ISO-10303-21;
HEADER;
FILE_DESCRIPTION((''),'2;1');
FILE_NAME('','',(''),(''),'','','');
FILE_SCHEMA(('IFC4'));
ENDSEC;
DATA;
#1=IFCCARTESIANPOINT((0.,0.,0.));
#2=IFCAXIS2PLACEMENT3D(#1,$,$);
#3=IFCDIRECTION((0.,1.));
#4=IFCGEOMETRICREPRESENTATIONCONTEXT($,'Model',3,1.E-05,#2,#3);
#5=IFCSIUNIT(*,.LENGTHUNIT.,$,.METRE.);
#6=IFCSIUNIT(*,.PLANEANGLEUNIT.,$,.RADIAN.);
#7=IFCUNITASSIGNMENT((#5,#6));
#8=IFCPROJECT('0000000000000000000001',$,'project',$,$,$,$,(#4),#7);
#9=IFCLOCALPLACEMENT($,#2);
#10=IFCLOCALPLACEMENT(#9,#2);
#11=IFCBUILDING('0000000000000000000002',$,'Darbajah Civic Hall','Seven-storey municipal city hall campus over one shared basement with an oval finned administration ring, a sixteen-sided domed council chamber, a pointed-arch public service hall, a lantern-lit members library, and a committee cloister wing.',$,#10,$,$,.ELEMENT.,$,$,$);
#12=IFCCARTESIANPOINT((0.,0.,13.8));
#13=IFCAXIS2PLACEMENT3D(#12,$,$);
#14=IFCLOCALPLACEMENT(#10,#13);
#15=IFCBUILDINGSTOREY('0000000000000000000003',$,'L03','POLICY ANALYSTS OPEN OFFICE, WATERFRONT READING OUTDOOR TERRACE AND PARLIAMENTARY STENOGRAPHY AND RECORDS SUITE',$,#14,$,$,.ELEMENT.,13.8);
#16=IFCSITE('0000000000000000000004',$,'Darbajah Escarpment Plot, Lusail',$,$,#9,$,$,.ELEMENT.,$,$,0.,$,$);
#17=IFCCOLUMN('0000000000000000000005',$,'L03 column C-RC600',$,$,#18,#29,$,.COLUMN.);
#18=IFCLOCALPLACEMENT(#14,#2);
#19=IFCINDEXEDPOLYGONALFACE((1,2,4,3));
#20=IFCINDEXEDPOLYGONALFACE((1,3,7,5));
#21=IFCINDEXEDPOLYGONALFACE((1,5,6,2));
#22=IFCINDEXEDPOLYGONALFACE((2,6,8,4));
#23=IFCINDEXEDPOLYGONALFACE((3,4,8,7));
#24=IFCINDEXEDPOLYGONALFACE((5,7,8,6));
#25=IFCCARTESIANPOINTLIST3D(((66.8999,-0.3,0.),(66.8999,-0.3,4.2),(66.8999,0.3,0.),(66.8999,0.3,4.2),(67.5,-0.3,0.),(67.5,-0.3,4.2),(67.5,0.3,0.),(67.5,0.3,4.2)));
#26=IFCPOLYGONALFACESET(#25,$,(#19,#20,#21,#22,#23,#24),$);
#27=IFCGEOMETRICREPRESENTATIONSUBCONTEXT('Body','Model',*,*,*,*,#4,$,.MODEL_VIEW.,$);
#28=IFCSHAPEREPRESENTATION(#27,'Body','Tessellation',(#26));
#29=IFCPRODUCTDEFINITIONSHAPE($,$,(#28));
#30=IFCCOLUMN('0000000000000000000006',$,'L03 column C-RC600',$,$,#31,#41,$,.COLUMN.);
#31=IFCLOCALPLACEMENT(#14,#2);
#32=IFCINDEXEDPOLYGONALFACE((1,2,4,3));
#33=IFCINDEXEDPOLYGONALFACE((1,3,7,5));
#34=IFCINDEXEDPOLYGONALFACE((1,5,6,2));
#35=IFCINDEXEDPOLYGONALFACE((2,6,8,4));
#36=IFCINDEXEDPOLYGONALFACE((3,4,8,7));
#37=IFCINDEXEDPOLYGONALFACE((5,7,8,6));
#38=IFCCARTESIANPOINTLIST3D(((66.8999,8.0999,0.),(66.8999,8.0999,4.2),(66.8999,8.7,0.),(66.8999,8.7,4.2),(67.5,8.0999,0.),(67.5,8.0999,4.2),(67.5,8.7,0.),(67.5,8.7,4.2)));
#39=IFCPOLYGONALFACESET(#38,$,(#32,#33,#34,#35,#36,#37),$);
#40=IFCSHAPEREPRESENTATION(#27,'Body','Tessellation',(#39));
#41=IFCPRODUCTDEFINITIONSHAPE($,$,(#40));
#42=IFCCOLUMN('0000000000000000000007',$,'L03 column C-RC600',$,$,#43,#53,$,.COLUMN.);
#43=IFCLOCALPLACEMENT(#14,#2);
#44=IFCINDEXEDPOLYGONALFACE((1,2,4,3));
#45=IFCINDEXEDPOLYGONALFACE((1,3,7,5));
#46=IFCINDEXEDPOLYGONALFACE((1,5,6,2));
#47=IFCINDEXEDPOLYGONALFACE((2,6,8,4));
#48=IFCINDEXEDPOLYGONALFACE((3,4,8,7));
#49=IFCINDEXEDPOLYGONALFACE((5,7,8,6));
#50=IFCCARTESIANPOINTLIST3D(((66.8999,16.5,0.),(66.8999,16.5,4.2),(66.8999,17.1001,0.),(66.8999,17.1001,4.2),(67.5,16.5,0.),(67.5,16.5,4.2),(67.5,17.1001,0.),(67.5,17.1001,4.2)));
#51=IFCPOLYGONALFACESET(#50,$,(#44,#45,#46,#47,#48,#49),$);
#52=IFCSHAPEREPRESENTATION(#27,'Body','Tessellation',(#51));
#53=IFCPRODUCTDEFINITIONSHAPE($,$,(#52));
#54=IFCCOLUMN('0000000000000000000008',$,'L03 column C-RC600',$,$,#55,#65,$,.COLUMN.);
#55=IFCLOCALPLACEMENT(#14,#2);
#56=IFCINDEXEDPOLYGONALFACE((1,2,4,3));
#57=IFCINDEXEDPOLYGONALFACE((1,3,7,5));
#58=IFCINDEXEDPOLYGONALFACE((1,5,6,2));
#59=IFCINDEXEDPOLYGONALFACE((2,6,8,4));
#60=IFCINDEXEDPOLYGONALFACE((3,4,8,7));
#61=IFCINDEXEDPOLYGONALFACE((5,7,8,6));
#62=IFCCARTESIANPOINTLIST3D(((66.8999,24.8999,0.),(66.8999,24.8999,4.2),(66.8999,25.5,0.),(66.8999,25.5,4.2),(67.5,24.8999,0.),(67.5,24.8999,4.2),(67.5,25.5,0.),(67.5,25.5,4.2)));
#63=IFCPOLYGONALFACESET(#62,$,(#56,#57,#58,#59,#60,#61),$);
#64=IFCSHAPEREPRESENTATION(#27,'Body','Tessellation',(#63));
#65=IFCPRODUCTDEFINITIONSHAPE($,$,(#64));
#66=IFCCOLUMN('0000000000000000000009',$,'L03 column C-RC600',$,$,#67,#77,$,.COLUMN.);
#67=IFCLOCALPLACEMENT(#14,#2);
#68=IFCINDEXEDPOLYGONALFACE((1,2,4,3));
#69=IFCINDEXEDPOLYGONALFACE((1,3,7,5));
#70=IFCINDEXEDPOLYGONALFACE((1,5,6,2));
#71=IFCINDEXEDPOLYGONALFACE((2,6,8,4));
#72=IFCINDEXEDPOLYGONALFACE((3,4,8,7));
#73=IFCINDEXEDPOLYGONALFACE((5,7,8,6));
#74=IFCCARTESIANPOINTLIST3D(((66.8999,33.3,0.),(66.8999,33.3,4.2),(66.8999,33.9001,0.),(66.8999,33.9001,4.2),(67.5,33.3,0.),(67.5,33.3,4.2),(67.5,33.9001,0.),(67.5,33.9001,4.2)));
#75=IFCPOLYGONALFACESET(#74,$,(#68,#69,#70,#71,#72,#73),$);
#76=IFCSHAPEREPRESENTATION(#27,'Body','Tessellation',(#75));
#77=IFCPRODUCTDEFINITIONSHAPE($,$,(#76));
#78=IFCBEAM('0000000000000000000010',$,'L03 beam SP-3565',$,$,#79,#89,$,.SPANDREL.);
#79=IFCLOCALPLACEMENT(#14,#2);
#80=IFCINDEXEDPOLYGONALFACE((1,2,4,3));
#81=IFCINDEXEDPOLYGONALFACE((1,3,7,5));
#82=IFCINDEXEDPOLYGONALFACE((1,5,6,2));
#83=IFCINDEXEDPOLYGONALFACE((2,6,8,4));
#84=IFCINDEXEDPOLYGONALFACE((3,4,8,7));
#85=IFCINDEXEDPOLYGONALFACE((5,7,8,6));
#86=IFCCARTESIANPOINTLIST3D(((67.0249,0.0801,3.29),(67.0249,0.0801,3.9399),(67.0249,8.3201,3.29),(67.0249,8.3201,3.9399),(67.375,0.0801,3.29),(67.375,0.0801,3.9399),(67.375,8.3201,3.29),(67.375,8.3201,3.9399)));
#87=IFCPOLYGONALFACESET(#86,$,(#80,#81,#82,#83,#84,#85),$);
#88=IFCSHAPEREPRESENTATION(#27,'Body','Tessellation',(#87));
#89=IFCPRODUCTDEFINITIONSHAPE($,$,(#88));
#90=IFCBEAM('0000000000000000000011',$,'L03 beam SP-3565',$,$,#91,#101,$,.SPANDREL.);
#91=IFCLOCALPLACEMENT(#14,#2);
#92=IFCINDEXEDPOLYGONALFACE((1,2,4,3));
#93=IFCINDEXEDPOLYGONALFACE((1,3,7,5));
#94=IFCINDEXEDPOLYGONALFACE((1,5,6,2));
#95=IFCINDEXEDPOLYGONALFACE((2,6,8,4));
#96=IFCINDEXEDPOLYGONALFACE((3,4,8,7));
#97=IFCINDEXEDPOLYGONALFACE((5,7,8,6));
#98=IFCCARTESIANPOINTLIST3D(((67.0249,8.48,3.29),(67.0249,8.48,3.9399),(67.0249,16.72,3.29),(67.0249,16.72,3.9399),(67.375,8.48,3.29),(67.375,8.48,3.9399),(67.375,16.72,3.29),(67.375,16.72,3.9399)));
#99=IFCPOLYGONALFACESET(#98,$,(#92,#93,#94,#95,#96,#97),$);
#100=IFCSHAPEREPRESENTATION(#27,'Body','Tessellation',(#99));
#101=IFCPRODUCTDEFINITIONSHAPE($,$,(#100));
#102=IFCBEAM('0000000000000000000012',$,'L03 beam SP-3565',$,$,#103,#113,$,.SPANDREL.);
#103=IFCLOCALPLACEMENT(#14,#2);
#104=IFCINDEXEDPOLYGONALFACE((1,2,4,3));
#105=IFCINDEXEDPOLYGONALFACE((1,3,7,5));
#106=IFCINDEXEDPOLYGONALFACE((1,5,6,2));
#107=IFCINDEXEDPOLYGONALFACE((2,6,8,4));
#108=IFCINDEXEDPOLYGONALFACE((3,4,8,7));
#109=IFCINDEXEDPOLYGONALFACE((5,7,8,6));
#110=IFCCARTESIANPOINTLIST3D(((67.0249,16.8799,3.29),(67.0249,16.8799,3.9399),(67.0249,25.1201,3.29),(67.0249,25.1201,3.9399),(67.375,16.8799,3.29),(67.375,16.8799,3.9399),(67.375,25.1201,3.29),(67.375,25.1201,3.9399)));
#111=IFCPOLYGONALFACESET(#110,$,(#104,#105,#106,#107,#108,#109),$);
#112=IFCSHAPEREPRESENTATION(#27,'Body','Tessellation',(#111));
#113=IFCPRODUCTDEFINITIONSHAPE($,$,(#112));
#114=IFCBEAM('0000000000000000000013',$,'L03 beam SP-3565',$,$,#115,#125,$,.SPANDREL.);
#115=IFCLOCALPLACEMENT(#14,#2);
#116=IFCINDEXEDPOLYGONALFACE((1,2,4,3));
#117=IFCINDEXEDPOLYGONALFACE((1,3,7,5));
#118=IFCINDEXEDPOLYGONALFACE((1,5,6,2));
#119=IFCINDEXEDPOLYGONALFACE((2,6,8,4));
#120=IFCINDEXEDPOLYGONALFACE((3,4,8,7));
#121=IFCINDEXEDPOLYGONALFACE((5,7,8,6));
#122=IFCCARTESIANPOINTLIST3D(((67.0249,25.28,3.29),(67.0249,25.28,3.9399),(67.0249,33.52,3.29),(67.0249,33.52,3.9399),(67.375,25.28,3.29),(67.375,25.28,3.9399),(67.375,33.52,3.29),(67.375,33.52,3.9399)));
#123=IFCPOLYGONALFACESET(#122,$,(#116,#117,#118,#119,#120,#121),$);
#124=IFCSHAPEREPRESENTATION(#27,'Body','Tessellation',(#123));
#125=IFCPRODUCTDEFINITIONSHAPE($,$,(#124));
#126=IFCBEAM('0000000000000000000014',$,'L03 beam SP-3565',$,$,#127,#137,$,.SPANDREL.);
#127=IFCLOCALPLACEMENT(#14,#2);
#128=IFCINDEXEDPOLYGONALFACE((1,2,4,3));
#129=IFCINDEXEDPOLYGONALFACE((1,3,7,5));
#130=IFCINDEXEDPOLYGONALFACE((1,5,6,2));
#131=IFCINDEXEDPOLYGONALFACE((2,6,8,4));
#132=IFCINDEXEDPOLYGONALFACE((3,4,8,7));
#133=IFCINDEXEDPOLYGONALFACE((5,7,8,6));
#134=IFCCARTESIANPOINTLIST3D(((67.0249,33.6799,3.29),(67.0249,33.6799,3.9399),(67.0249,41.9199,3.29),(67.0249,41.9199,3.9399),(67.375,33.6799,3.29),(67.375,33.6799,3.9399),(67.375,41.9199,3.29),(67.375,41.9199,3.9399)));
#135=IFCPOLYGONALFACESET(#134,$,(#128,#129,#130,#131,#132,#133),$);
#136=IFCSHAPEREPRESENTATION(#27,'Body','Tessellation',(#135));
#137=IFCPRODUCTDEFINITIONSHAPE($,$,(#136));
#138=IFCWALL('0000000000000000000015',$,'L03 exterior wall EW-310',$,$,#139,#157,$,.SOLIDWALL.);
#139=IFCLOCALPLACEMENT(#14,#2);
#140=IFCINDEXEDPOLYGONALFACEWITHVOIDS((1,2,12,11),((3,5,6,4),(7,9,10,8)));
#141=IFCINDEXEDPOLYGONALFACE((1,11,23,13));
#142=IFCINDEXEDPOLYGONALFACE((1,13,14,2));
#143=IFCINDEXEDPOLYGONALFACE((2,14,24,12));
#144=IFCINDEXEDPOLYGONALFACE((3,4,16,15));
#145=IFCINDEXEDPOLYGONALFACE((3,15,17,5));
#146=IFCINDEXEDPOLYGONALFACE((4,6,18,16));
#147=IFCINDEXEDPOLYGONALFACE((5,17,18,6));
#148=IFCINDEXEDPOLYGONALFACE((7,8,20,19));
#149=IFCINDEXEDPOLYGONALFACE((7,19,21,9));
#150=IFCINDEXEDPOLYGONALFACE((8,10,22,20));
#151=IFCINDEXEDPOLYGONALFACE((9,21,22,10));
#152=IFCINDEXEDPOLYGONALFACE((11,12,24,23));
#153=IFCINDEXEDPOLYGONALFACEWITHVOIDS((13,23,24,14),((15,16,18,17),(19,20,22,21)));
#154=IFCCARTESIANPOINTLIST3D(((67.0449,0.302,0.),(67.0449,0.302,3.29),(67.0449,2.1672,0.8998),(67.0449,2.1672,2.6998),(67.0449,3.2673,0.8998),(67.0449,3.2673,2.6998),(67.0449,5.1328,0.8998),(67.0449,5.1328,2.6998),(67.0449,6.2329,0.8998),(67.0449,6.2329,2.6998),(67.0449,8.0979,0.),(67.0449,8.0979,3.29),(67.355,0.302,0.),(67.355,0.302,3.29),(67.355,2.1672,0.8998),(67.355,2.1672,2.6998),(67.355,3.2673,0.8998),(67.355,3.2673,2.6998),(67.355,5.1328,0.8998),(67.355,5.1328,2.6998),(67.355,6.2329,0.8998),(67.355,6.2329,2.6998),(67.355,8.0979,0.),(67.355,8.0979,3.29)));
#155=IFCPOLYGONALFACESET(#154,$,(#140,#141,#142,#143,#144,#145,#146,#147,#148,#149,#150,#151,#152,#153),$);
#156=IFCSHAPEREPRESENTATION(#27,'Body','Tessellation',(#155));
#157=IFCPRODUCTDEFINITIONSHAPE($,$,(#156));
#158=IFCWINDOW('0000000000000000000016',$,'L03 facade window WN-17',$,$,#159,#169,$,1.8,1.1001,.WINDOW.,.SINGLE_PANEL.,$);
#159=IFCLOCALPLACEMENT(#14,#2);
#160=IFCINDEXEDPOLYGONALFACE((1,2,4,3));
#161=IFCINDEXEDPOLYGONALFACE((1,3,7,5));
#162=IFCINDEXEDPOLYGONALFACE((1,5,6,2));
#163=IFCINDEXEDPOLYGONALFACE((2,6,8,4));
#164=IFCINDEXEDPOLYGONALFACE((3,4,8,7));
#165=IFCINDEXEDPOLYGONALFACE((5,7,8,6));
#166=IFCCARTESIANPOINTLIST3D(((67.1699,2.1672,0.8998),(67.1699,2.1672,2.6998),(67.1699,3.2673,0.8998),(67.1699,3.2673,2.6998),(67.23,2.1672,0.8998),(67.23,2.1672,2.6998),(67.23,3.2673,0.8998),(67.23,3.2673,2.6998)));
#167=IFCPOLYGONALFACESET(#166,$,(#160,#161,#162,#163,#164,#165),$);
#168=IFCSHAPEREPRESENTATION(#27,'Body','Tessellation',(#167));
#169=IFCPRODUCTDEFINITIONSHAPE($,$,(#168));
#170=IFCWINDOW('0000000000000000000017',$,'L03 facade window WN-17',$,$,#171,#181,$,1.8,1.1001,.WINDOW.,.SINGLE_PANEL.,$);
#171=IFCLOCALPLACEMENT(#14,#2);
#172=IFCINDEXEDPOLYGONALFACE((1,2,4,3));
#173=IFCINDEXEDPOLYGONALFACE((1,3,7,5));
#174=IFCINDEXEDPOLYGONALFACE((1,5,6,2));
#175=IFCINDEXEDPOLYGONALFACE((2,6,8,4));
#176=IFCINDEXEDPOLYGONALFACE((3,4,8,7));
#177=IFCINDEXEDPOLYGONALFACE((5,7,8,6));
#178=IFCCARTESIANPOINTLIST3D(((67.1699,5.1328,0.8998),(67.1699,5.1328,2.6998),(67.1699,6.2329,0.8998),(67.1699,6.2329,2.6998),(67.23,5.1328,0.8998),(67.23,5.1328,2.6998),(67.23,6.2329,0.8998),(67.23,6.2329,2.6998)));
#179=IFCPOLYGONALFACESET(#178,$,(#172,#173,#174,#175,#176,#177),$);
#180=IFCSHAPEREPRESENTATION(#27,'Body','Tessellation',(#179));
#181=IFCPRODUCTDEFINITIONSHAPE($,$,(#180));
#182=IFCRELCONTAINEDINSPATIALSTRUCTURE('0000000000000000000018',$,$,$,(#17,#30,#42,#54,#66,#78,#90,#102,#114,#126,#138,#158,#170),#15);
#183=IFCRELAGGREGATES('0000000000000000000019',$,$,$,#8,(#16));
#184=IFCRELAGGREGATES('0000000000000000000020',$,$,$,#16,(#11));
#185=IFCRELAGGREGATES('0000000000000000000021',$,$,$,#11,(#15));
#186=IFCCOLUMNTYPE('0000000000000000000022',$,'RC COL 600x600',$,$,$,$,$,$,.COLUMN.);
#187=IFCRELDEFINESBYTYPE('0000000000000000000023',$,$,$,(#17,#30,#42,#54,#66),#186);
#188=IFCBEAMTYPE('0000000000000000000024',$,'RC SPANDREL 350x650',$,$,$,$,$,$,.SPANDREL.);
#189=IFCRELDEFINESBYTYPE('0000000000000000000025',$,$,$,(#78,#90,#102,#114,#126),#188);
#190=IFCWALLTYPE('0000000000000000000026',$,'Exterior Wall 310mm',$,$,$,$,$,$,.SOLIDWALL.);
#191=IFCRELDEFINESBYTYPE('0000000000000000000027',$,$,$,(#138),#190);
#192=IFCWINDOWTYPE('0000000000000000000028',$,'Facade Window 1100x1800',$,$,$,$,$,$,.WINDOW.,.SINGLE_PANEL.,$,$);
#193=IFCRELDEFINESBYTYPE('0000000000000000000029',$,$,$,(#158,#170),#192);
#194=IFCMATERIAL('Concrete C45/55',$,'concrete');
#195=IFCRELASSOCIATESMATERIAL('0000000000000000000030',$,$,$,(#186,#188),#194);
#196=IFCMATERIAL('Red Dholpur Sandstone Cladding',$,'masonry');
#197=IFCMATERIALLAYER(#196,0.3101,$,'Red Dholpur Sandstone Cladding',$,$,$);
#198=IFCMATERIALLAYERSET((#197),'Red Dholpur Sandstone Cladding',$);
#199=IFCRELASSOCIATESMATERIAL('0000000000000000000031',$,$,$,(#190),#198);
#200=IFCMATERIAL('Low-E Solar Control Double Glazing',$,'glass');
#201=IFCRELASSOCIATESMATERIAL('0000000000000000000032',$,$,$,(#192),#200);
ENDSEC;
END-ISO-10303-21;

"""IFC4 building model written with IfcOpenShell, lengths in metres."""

from ifc_helpers import new_model, si_unit, direction, frame, frame_2d, origin, origin_2d, place, context, subcontext, project, spatial, rectangle, extrude, material, layer, layer_set, material_profile, profile_set, type_object, element, fill, save


model = new_model("IFC4")

# Units and contexts
model_context = context("Model", 3, precision=1e-05, world=origin(), true_north=direction((0.0, 1.0)))
body_context = subcontext(model_context, "Body", "Model", "MODEL_VIEW")
ifc_project = project(units=[si_unit("LENGTHUNIT", "METRE"), si_unit("PLANEANGLEUNIT", "RADIAN")], contexts=[model_context])

# Site, building, storey
site_placement = place(None, origin())
site = spatial("IfcSite", under=ifc_project, at=site_placement, Name="Darbajah Escarpment Plot, Lusail", CompositionType="ELEMENT", RefElevation=0.0)
building_placement = place(site_placement, origin())
building = spatial("IfcBuilding", under=site, at=building_placement, Name="Darbajah Civic Hall", Description="Seven-storey municipal city hall campus over one shared basement with an oval finned administration ring, a sixteen-sided domed council chamber, a pointed-arch public service hall, a lantern-lit members library, and a committee cloister wing.", CompositionType="ELEMENT")
storey_placement = place(building_placement, frame((0.0, 0.0, 13.8)))
storey = spatial("IfcBuildingStorey", under=building, at=storey_placement, Name="L03", Description="POLICY ANALYSTS OPEN OFFICE, WATERFRONT READING OUTDOOR TERRACE AND PARLIAMENTARY STENOGRAPHY AND RECORDS SUITE", CompositionType="ELEMENT", Elevation=13.8)

# Columns
ifc_material_1 = material(Name="Concrete C45/55", Category="concrete")
ifc_material_profile_1 = material_profile(ifc_material_1, rectangle(XDim=0.6001, YDim=0.6001, at=origin_2d()), Name="RC COL 600x600")
ifc_profile_set_1 = profile_set([ifc_material_profile_1], Name="Concrete C45/55")
column_type = type_object("IfcColumnType", Name="RC COL 600x600", PredefinedType="COLUMN", material=ifc_profile_set_1)
for number, where, z_axis, x_axis, name in (
    (1, (67.2, 0.0, 0.0), (0.0, 0.0, 1.0), (1.0, 0.0, 0.0), "L03 column C-RC600"),
    (2, (67.2, 8.3999, 0.0), (0.0, 0.0, 1.0), (1.0, 0.0, 0.0), "L03 column C-RC600"),
    (3, (67.2, 16.8, 0.0), (0.0, 0.0, 1.0), (1.0, 0.0, 0.0), "L03 column C-RC600"),
    (4, (67.2, 25.2, 0.0), (0.0, 0.0, 1.0), (1.0, 0.0, 0.0), "L03 column C-RC600"),
    (5, (67.2, 33.6001, 0.0), (0.0, 0.0, 1.0), (1.0, 0.0, 0.0), "L03 column C-RC600"),
):
    element("IfcColumn", number, at=place(storey_placement, frame(where, z_axis=z_axis, x_axis=x_axis)), inside=storey, type_object=column_type, Name=name, PredefinedType="COLUMN", context=body_context, shape_type="SweptSolid", body=[
        extrude(rectangle(XDim=0.6001, YDim=0.6001, at=origin_2d()), origin(), (0.0, 0.0, 1.0), 4.2),
    ])

# Beams
ifc_material_profile_2 = material_profile(ifc_material_1, rectangle(XDim=0.3501, YDim=0.6499, at=origin_2d()), Name="RC SPANDREL 350x650")
ifc_profile_set_2 = profile_set([ifc_material_profile_2], Name="Concrete C45/55")
beam_type = type_object("IfcBeamType", Name="RC SPANDREL 350x650", PredefinedType="SPANDREL", material=ifc_profile_set_2)
for number, where, z_axis, x_axis, name in (
    (6, (67.2, 0.0801, 3.615), (0.0, 1.0, 0.0), (-1.0, 0.0, 0.0), "L03 beam SP-3565"),
    (7, (67.2, 8.48, 3.615), (0.0, 1.0, 0.0), (-1.0, 0.0, 0.0), "L03 beam SP-3565"),
):
    element("IfcBeam", number, at=place(storey_placement, frame(where, z_axis=z_axis, x_axis=x_axis)), inside=storey, type_object=beam_type, Name=name, PredefinedType="SPANDREL", context=body_context, shape_type="SweptSolid", body=[
        extrude(rectangle(XDim=0.3501, YDim=0.6499, at=origin_2d()), origin(), (0.0, 0.0, 1.0), 8.24),
    ])
beam_placement = place(storey_placement, frame((67.2, 16.8799, 3.615), z_axis=(0.0, 1.0, 0.0), x_axis=(-1.0, 0.0, 0.0)))
element("IfcBeam", 8, at=beam_placement, inside=storey, type_object=beam_type, Name="L03 beam SP-3565", PredefinedType="SPANDREL", context=body_context, shape_type="SweptSolid", body=[
    extrude(rectangle(XDim=0.3501, YDim=0.6499, at=origin_2d()), origin(), (0.0, 0.0, 1.0), 8.2402),
])
for number, where, z_axis, x_axis, name in (
    (9, (67.2, 25.28, 3.615), (0.0, 1.0, 0.0), (-1.0, 0.0, 0.0), "L03 beam SP-3565"),
    (10, (67.2, 33.6799, 3.615), (0.0, 1.0, 0.0), (-1.0, 0.0, 0.0), "L03 beam SP-3565"),
):
    element("IfcBeam", number, at=place(storey_placement, frame(where, z_axis=z_axis, x_axis=x_axis)), inside=storey, type_object=beam_type, Name=name, PredefinedType="SPANDREL", context=body_context, shape_type="SweptSolid", body=[
        extrude(rectangle(XDim=0.3501, YDim=0.6499, at=origin_2d()), origin(), (0.0, 0.0, 1.0), 8.24),
    ])

# Wall, openings, windows
ifc_material_2 = material(Name="Red Dholpur Sandstone Cladding", Category="masonry")
ifc_layer = layer(ifc_material_2, 0.3101, Name="Red Dholpur Sandstone Cladding")
ifc_layer_set = layer_set([ifc_layer], Name="Red Dholpur Sandstone Cladding")
wall_type = type_object("IfcWallType", Name="Exterior Wall 310mm", PredefinedType="SOLIDWALL", material=ifc_layer_set)
wall_1_placement = place(storey_placement, frame((67.2, 0.302, 0.0), z_axis=(0.0, 0.0, 1.0), x_axis=(0.0, 1.0, 0.0)))
wall_1 = element("IfcWall", 11, at=wall_1_placement, inside=storey, type_object=wall_type, Name="L03 exterior wall EW-310", PredefinedType="SOLIDWALL", context=body_context, shape_type="SweptSolid", body=[
    extrude(rectangle(XDim=7.7959, YDim=0.3101, at=frame_2d((3.8979, 0.0))), origin(), (0.0, 0.0, 1.0), 3.29),
])
opening_1_placement = place(wall_1_placement, frame((1.8652, 0.0, 0.8999)))
opening_1 = element("IfcOpeningElement", 12, at=opening_1_placement, cuts=wall_1, PredefinedType="OPENING", context=body_context, shape_type="SweptSolid", body=[
    extrude(rectangle(XDim=1.1001, YDim=1.8, at=frame_2d((0.55, 0.8999))), frame((0.0, 0.165, 0.0), z_axis=(0.0, -1.0, 0.0), x_axis=(1.0, 0.0, 0.0)), (0.0, 0.0, 1.0), 0.3301),
])
opening_2_placement = place(wall_1_placement, frame((4.8308, 0.0, 0.8999)))
opening_2 = element("IfcOpeningElement", 13, at=opening_2_placement, cuts=wall_1, PredefinedType="OPENING", context=body_context, shape_type="SweptSolid", body=[
    extrude(rectangle(XDim=1.1001, YDim=1.8, at=frame_2d((0.55, 0.8999))), frame((0.0, 0.165, 0.0), z_axis=(0.0, -1.0, 0.0), x_axis=(1.0, 0.0, 0.0)), (0.0, 0.0, 1.0), 0.3301),
])
ifc_material_3 = material(Name="Low-E Solar Control Double Glazing", Category="glass")
window_type = type_object("IfcWindowType", Name="Facade Window 1100x1800", PartitioningType="SINGLE_PANEL", PredefinedType="WINDOW", material=ifc_material_3)
window_1_placement = place(opening_1_placement, origin())
window_1 = element("IfcWindow", 14, at=window_1_placement, inside=storey, type_object=window_type, Name="L03 facade window WN-17", OverallHeight=1.8, OverallWidth=1.1001, PartitioningType="SINGLE_PANEL", PredefinedType="WINDOW", context=body_context, shape_type="SweptSolid", body=[
    extrude(rectangle(XDim=1.1001, YDim=1.8, at=frame_2d((0.55, 0.8999))), frame((0.0, 0.03, 0.0), z_axis=(0.0, -1.0, 0.0), x_axis=(1.0, 0.0, 0.0)), (0.0, 0.0, 1.0), 0.0601),
])
fill(opening_1, window_1)
window_2_placement = place(opening_2_placement, origin())
window_2 = element("IfcWindow", 15, at=window_2_placement, inside=storey, type_object=window_type, Name="L03 facade window WN-17", OverallHeight=1.8, OverallWidth=1.1001, PartitioningType="SINGLE_PANEL", PredefinedType="WINDOW", context=body_context, shape_type="SweptSolid", body=[
    extrude(rectangle(XDim=1.1001, YDim=1.8, at=frame_2d((0.55, 0.8999))), frame((0.0, 0.03, 0.0), z_axis=(0.0, -1.0, 0.0), x_axis=(1.0, 0.0, 0.0)), (0.0, 0.0, 1.0), 0.0601),
])
fill(opening_2, window_2)

save(model, "model.ifc")
